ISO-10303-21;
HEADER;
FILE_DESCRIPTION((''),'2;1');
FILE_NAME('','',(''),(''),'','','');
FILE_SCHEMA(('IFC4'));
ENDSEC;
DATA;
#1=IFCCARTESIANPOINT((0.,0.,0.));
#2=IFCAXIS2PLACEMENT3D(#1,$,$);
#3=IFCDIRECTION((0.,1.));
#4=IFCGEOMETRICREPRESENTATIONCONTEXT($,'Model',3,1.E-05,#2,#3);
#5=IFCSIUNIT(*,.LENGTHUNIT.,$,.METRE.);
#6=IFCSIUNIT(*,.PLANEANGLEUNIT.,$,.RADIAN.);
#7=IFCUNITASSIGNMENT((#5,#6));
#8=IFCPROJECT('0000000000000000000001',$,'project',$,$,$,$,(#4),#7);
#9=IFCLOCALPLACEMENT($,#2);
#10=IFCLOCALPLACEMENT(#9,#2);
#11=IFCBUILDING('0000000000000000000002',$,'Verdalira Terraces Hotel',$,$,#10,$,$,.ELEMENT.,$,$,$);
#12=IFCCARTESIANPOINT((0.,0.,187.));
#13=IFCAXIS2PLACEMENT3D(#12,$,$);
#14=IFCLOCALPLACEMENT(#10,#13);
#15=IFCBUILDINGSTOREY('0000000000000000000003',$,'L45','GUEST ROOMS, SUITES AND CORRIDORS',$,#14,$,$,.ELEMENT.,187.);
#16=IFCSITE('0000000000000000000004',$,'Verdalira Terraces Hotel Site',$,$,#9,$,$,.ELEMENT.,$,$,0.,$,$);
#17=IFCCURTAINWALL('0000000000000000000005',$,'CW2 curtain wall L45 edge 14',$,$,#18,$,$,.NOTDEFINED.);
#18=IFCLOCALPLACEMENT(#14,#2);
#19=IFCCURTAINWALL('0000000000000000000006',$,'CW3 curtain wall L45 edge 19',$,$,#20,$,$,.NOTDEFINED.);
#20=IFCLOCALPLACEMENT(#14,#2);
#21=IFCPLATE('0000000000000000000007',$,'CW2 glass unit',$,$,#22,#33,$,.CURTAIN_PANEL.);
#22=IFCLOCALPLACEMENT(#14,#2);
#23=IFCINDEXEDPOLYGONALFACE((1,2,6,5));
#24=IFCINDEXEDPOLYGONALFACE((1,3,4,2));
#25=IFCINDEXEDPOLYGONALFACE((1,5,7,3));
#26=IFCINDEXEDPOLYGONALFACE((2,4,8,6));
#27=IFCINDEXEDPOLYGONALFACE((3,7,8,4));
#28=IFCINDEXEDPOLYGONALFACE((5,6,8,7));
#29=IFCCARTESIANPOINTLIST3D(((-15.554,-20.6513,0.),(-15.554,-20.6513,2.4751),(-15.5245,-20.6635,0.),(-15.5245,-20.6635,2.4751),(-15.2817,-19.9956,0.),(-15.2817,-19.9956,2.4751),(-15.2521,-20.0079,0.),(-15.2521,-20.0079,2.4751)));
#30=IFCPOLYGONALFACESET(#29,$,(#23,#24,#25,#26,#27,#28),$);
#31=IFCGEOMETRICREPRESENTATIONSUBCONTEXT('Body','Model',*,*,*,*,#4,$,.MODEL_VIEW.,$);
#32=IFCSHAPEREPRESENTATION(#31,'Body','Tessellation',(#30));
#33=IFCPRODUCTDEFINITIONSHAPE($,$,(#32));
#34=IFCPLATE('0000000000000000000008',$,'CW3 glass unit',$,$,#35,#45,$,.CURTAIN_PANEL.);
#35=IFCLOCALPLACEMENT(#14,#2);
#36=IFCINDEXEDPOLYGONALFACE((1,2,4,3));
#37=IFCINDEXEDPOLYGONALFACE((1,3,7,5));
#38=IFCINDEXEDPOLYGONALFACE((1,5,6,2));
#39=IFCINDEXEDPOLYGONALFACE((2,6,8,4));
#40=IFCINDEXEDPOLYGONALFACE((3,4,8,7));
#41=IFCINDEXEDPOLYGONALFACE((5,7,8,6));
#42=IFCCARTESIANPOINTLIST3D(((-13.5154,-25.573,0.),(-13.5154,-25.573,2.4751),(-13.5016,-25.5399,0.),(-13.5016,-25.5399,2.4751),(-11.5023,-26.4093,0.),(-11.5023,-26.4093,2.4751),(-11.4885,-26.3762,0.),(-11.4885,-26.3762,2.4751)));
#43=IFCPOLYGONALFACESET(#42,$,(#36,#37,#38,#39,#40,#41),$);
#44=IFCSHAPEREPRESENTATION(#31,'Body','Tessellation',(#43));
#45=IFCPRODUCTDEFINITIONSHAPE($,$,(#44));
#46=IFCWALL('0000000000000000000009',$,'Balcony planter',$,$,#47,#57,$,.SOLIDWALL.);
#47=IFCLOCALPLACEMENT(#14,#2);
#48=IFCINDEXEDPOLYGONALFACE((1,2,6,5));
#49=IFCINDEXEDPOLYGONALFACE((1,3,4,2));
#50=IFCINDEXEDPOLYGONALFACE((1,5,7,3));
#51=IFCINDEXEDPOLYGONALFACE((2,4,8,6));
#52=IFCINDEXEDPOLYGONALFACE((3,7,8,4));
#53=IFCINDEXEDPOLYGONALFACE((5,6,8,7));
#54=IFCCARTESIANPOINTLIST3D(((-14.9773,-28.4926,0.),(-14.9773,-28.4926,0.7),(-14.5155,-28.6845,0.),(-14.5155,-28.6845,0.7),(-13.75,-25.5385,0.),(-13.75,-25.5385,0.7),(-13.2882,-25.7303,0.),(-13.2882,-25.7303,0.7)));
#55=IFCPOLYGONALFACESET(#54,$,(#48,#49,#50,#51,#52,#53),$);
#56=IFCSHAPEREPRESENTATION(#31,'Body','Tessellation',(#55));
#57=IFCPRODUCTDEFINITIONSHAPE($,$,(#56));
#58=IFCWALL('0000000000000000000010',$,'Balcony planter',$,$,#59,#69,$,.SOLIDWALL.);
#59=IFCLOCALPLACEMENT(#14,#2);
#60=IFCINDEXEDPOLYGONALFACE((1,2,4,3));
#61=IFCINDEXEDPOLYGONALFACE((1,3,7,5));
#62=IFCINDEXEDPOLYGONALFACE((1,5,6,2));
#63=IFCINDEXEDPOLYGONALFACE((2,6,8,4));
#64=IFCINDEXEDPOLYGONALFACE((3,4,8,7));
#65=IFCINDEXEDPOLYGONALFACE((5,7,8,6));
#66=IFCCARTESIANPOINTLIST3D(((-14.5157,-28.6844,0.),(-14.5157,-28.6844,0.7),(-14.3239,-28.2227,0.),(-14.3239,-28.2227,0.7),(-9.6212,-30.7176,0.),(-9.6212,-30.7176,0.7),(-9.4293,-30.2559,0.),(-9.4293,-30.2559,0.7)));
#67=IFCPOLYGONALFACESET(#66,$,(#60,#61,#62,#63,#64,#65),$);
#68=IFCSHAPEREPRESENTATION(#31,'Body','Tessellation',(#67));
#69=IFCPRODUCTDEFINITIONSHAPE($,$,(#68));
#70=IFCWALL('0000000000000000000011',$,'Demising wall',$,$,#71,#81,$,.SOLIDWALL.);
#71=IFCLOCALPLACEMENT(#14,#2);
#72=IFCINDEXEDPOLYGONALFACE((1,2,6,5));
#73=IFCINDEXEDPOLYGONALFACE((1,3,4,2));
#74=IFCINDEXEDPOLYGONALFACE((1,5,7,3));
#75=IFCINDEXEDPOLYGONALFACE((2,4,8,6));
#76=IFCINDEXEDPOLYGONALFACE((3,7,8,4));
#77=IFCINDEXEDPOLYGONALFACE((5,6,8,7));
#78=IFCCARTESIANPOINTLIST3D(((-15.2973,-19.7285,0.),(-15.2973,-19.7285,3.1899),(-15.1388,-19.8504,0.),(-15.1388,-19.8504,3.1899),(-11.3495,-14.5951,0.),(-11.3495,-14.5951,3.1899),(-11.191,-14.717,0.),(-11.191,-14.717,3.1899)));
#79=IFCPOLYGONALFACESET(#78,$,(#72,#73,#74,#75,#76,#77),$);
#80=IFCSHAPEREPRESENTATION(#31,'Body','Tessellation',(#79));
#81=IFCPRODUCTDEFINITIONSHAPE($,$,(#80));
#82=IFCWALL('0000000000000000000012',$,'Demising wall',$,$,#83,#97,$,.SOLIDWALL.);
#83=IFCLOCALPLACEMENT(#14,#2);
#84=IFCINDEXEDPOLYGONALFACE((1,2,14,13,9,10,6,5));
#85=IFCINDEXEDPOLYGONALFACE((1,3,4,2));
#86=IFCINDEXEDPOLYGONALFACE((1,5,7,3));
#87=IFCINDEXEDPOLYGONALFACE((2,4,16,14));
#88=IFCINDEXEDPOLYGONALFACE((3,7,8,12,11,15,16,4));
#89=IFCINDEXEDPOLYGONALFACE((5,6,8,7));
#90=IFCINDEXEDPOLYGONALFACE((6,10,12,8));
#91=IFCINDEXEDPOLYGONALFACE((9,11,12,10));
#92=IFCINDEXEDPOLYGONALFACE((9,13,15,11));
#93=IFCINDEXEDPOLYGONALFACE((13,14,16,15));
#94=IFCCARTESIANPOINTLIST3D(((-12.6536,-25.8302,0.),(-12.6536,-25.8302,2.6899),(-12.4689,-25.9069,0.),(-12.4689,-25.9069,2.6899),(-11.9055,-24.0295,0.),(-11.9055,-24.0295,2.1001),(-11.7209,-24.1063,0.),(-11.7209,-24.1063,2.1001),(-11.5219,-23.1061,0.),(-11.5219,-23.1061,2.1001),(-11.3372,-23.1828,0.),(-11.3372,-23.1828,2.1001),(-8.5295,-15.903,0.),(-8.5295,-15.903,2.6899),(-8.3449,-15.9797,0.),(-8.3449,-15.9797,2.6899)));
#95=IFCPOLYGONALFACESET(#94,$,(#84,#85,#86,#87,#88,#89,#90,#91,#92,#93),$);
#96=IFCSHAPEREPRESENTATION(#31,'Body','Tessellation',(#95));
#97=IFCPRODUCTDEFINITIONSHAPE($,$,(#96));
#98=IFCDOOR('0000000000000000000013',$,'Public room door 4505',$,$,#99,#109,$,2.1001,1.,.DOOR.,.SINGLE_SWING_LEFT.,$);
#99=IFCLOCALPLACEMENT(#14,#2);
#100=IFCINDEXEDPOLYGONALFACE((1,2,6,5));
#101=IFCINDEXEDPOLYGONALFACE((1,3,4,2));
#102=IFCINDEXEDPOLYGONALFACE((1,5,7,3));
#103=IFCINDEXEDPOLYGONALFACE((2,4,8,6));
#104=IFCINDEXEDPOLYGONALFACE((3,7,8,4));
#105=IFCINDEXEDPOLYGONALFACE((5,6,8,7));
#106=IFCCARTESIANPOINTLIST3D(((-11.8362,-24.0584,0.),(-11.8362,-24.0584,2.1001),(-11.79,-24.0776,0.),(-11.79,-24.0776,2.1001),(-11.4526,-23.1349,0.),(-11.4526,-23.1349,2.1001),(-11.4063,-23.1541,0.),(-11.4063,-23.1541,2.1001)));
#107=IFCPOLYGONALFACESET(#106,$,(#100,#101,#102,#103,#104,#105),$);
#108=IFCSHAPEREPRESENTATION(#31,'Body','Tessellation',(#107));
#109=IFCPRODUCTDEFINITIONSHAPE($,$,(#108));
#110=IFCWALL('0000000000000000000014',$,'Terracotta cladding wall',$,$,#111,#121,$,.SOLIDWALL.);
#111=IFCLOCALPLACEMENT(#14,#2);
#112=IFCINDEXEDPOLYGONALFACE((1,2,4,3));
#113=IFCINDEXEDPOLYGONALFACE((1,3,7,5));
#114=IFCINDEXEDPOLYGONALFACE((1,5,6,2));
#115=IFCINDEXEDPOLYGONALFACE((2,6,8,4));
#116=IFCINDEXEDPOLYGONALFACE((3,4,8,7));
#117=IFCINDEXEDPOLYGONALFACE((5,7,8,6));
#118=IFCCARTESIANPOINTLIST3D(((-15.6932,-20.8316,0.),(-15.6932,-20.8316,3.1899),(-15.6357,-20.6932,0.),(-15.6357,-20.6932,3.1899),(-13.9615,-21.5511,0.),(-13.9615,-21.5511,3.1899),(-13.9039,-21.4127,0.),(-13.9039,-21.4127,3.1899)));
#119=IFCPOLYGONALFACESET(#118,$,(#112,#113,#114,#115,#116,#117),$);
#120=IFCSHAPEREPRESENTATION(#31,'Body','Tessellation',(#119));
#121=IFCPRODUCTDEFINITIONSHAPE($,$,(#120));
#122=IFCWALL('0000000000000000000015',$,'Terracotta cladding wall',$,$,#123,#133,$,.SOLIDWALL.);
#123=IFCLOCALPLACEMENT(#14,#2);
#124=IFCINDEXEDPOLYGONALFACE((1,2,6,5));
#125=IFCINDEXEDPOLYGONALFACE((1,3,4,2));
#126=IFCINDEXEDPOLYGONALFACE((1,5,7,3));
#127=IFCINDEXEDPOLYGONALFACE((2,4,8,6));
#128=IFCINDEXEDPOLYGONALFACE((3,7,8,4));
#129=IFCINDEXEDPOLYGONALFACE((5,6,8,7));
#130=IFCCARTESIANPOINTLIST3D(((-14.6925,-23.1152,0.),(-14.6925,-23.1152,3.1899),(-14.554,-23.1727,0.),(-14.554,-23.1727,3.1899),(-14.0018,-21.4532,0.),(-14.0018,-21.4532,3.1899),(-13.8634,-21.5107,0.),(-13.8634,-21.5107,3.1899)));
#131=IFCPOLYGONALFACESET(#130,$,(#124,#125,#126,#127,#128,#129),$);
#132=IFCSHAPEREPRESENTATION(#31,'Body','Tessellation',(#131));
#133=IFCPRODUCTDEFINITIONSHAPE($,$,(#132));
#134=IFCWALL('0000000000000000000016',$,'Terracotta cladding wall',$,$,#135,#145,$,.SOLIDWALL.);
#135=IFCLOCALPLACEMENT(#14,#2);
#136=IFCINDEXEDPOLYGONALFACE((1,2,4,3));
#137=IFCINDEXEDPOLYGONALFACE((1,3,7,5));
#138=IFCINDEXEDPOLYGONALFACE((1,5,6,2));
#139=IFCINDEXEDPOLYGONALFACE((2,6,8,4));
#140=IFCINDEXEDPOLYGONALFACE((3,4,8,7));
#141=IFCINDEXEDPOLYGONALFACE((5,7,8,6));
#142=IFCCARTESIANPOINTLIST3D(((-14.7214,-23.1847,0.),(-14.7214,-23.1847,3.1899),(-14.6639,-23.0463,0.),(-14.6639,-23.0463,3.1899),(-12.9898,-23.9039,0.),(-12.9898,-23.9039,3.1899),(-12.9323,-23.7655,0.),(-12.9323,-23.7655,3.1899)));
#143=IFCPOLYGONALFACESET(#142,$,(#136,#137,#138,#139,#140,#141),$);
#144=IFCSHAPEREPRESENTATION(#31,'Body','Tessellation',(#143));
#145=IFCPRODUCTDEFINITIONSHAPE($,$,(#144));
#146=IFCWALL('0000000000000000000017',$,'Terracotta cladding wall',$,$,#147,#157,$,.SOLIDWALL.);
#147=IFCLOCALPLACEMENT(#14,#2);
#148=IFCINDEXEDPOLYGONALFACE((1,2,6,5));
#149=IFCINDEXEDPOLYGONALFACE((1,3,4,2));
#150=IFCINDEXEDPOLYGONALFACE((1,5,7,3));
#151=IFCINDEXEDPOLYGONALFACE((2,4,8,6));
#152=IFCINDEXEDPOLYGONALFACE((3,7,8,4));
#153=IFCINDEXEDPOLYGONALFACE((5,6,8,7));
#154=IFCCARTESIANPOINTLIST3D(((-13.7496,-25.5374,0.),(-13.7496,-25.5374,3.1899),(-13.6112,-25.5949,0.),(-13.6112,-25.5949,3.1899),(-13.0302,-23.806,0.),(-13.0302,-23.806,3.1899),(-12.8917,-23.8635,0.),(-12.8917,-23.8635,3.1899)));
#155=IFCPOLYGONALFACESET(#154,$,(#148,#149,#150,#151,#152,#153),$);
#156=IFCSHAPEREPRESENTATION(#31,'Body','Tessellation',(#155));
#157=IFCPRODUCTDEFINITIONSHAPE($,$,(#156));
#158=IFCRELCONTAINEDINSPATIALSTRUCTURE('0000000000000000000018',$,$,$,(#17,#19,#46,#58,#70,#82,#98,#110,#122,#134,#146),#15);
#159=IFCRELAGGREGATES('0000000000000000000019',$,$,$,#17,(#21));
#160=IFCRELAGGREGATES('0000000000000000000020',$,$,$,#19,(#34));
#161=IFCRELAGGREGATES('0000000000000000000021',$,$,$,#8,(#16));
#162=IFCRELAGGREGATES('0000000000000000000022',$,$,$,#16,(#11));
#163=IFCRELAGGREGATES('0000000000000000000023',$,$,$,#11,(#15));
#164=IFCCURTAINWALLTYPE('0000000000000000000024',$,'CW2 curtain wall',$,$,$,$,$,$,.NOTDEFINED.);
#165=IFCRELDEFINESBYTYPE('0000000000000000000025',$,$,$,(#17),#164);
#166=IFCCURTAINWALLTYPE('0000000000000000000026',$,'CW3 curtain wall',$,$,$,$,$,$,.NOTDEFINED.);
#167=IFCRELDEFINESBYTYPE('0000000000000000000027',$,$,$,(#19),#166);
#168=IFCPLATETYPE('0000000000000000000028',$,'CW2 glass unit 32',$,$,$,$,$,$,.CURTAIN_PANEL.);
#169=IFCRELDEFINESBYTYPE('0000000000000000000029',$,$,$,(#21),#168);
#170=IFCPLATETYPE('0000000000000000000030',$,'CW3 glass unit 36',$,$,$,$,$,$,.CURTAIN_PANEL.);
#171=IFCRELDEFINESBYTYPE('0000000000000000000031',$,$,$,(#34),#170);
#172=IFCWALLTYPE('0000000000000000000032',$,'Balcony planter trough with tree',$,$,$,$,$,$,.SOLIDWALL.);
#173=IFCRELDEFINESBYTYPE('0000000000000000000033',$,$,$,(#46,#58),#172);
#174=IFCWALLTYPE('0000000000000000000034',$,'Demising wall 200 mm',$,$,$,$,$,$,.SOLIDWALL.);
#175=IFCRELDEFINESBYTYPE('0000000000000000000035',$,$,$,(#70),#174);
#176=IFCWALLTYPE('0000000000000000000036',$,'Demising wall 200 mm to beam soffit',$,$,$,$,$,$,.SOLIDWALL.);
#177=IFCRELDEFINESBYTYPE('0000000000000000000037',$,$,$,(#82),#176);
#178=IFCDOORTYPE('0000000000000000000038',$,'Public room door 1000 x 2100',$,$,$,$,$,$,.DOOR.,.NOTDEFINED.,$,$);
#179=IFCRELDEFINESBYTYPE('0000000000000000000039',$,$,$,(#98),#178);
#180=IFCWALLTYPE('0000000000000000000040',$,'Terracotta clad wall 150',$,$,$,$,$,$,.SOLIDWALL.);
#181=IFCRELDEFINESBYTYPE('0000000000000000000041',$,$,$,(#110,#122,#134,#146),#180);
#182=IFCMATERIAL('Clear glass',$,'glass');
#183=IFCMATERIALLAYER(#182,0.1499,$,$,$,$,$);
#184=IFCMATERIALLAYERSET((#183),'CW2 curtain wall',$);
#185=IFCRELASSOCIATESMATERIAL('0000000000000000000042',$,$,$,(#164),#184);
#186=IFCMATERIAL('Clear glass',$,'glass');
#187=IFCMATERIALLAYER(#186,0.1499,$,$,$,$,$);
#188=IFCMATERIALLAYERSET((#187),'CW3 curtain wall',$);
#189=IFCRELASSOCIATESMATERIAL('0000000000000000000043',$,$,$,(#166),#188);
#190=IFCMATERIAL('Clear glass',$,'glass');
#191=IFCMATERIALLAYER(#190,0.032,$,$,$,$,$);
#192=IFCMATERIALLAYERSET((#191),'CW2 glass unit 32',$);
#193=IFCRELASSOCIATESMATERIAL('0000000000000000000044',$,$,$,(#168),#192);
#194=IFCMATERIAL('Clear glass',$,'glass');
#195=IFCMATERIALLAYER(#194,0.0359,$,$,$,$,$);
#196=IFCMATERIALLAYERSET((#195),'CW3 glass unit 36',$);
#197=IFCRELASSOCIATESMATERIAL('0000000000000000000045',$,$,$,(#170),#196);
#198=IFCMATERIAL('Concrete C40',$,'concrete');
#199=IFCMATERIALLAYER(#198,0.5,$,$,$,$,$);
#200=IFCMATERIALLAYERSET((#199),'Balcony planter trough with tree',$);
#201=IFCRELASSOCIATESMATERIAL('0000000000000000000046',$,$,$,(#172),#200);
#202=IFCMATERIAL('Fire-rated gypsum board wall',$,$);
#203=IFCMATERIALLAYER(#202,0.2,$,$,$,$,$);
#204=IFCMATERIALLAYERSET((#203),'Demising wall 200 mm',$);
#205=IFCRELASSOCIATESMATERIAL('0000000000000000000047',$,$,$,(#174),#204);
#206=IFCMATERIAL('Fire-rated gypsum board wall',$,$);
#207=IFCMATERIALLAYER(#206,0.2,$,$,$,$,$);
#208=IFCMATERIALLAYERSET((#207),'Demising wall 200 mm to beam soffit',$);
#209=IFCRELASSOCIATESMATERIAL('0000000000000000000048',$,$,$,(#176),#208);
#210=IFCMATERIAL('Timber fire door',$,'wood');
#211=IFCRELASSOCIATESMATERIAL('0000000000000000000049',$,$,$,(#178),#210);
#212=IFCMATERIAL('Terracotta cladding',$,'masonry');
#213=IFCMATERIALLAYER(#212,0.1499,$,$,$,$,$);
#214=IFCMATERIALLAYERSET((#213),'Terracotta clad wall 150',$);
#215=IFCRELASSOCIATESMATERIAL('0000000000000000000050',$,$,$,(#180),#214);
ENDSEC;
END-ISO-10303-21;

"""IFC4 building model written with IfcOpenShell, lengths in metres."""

from ifc_helpers import new_model, si_unit, direction, frame, frame_2d, origin, origin_2d, place, context, subcontext, project, spatial, rectangle, extrude, material, layer, layer_set, type_object, element, fill, aggregate, save


model = new_model("IFC4")

# Units and contexts
model_context = context("Model", 3, precision=1e-05, world=origin(), true_north=direction((0.0, 1.0)))
body_context = subcontext(model_context, "Body", "Model", "MODEL_VIEW")
ifc_project = project(units=[si_unit("LENGTHUNIT", "METRE"), si_unit("PLANEANGLEUNIT", "RADIAN")], contexts=[model_context])

# Site, building, storey
site_placement = place(None, origin())
site = spatial("IfcSite", under=ifc_project, at=site_placement, Name="Verdalira Terraces Hotel Site", CompositionType="ELEMENT", RefElevation=0.0)
building_placement = place(site_placement, origin())
building = spatial("IfcBuilding", under=site, at=building_placement, Name="Verdalira Terraces Hotel", CompositionType="ELEMENT")
storey_placement = place(building_placement, frame((0.0, 0.0, 187.0)))
storey = spatial("IfcBuildingStorey", under=building, at=storey_placement, Name="L45", Description="GUEST ROOMS, SUITES AND CORRIDORS", CompositionType="ELEMENT", Elevation=187.0)

# Curtain walls
ifc_material_1 = material(Name="Clear glass", Category="glass")
ifc_layer_1 = layer(ifc_material_1, 0.1499)
ifc_layer_set_1 = layer_set([ifc_layer_1], Name="CW2 curtain wall")
curtain_wall_type_1 = type_object("IfcCurtainWallType", Name="CW2 curtain wall", PredefinedType="NOTDEFINED", material=ifc_layer_set_1)
curtain_wall_1_placement = place(storey_placement, origin())
curtain_wall_1 = element("IfcCurtainWall", 1, at=curtain_wall_1_placement, inside=storey, type_object=curtain_wall_type_1, Name="CW2 curtain wall L45 edge 14", PredefinedType="NOTDEFINED")
ifc_material_2 = material(Name="Clear glass", Category="glass")
ifc_layer_2 = layer(ifc_material_2, 0.1499)
ifc_layer_set_2 = layer_set([ifc_layer_2], Name="CW3 curtain wall")
curtain_wall_type_2 = type_object("IfcCurtainWallType", Name="CW3 curtain wall", PredefinedType="NOTDEFINED", material=ifc_layer_set_2)
curtain_wall_2_placement = place(storey_placement, origin())
curtain_wall_2 = element("IfcCurtainWall", 2, at=curtain_wall_2_placement, inside=storey, type_object=curtain_wall_type_2, Name="CW3 curtain wall L45 edge 19", PredefinedType="NOTDEFINED")

# Plates
ifc_material_3 = material(Name="Clear glass", Category="glass")
ifc_layer_3 = layer(ifc_material_3, 0.032)
ifc_layer_set_3 = layer_set([ifc_layer_3], Name="CW2 glass unit 32")
plate_type_1 = type_object("IfcPlateType", Name="CW2 glass unit 32", PredefinedType="CURTAIN_PANEL", material=ifc_layer_set_3)
plate_1_placement = place(storey_placement, frame((-15.4031, -20.3296, 0.0), z_axis=(0.0, 0.0, 1.0), x_axis=(-0.383651, -0.923478, 0.0)))
plate_1 = element("IfcPlate", 3, at=plate_1_placement, type_object=plate_type_1, Name="CW2 glass unit", PredefinedType="CURTAIN_PANEL", context=body_context, shape_type="SweptSolid", body=[
    extrude(rectangle(XDim=0.71, YDim=0.032, at=origin_2d()), origin(), (0.0, 0.0, 1.0), 2.4751),
])
aggregate(curtain_wall_1, [plate_1])
ifc_material_4 = material(Name="Clear glass", Category="glass")
ifc_layer_4 = layer(ifc_material_4, 0.0359)
ifc_layer_set_4 = layer_set([ifc_layer_4], Name="CW3 glass unit 36")
plate_type_2 = type_object("IfcPlateType", Name="CW3 glass unit 36", PredefinedType="CURTAIN_PANEL", material=ifc_layer_set_4)
plate_2_placement = place(storey_placement, frame((-12.502, -25.9746, 0.0), z_axis=(0.0, 0.0, 1.0), x_axis=(0.923478, -0.383651, 0.0)))
plate_2 = element("IfcPlate", 4, at=plate_2_placement, type_object=plate_type_2, Name="CW3 glass unit", PredefinedType="CURTAIN_PANEL", context=body_context, shape_type="SweptSolid", body=[
    extrude(rectangle(XDim=2.1799, YDim=0.0359, at=origin_2d()), origin(), (0.0, 0.0, 1.0), 2.4751),
])
aggregate(curtain_wall_2, [plate_2])

# Walls
ifc_material_5 = material(Name="Concrete C40", Category="concrete")
ifc_layer_5 = layer(ifc_material_5, 0.5)
ifc_layer_set_5 = layer_set([ifc_layer_5], Name="Balcony planter trough with tree")
wall_type_1 = type_object("IfcWallType", Name="Balcony planter trough with tree", PredefinedType="SOLIDWALL", material=ifc_layer_set_5)
wall_1_placement = place(storey_placement, frame((-13.519, -25.6343, 0.0), z_axis=(0.0, 0.0, 1.0), x_axis=(-0.383661, -0.923474, 0.0)))
element("IfcWall", 5, at=wall_1_placement, inside=storey, type_object=wall_type_1, Name="Balcony planter", PredefinedType="SOLIDWALL", context=body_context, shape_type="SweptSolid", body=[
    extrude(rectangle(XDim=3.199, YDim=0.5, at=frame_2d((1.5996, 0.0))), origin(), (0.0, 0.0, 1.0), 0.7),
])
wall_2_placement = place(storey_placement, frame((-14.4197, -28.4536, 0.0), z_axis=(0.0, 0.0, 1.0), x_axis=(0.923491, -0.383621, 0.0)))
element("IfcWall", 6, at=wall_2_placement, inside=storey, type_object=wall_type_1, Name="Balcony planter", PredefinedType="SOLIDWALL", context=body_context, shape_type="SweptSolid", body=[
    extrude(rectangle(XDim=5.3, YDim=0.5, at=frame_2d((2.6499, 0.0))), origin(), (0.0, 0.0, 1.0), 0.7),
])
ifc_material_6 = material(Name="Fire-rated gypsum board wall")
ifc_layer_6 = layer(ifc_material_6, 0.2)
ifc_layer_set_6 = layer_set([ifc_layer_6], Name="Demising wall 200 mm")
wall_type_2 = type_object("IfcWallType", Name="Demising wall 200 mm", PredefinedType="SOLIDWALL", material=ifc_layer_set_6)
wall_3_placement = place(storey_placement, frame((-15.218, -19.7893, 0.0), z_axis=(0.0, 0.0, 1.0), x_axis=(0.60962, 0.792694, 0.0)))
element("IfcWall", 7, at=wall_3_placement, inside=storey, type_object=wall_type_2, Name="Demising wall", PredefinedType="SOLIDWALL", context=body_context, shape_type="SweptSolid", body=[
    extrude(rectangle(XDim=6.4758, YDim=0.2, at=frame_2d((3.2378, 0.0))), origin(), (0.0, 0.0, 1.0), 3.1899),
])

# Wall, opening, door
ifc_material_7 = material(Name="Fire-rated gypsum board wall")
ifc_layer_7 = layer(ifc_material_7, 0.2)
ifc_layer_set_7 = layer_set([ifc_layer_7], Name="Demising wall 200 mm to beam soffit")
wall_type_3 = type_object("IfcWallType", Name="Demising wall 200 mm to beam soffit", PredefinedType="SOLIDWALL", material=ifc_layer_set_7)
wall_4_placement = place(storey_placement, frame((-12.5613, -25.8687, 0.0), z_axis=(0.0, 0.0, 1.0), x_axis=(0.383638, 0.923484, 0.0)))
wall_4 = element("IfcWall", 8, at=wall_4_placement, inside=storey, type_object=wall_type_3, Name="Demising wall", PredefinedType="SOLIDWALL", context=body_context, shape_type="SweptSolid", body=[
    extrude(rectangle(XDim=10.7498, YDim=0.2, at=frame_2d((5.375, 0.0))), origin(), (0.0, 0.0, 1.0), 2.6899),
])
opening_1_placement = place(wall_4_placement, frame((1.95, 0.0, 0.0)))
opening_1 = element("IfcOpeningElement", 9, at=opening_1_placement, cuts=wall_4, PredefinedType="OPENING", context=body_context, shape_type="SweptSolid", body=[
    extrude(rectangle(XDim=1.0, YDim=2.1001, at=frame_2d((0.5, 1.05))), frame((0.0, 0.1099, 0.0), z_axis=(0.0, -1.0, 0.0), x_axis=(1.0, 0.0, 0.0)), (0.0, 0.0, 1.0), 0.22),
])
ifc_material_8 = material(Name="Timber fire door", Category="wood")
door_type_1 = type_object("IfcDoorType", Name="Public room door 1000 x 2100", OperationType="NOTDEFINED", PredefinedType="DOOR", material=ifc_material_8)
door_1_placement = place(opening_1_placement, origin())
door_1 = element("IfcDoor", 10, at=door_1_placement, inside=storey, type_object=door_type_1, Name="Public room door 4505", OperationType="SINGLE_SWING_LEFT", OverallHeight=2.1001, OverallWidth=1.0, PredefinedType="DOOR", context=body_context, shape_type="SweptSolid", body=[
    extrude(rectangle(XDim=1.0, YDim=2.1001, at=frame_2d((0.5, 1.05))), frame((0.0, 0.0249, 0.0), z_axis=(0.0, -1.0, 0.0), x_axis=(1.0, 0.0, 0.0)), (0.0, 0.0, 1.0), 0.05),
])
fill(opening_1, door_1)

# Walls
ifc_material_9 = material(Name="Terracotta cladding", Category="masonry")
ifc_layer_8 = layer(ifc_material_9, 0.1499)
ifc_layer_set_8 = layer_set([ifc_layer_8], Name="Terracotta clad wall 150")
wall_type_4 = type_object("IfcWallType", Name="Terracotta clad wall 150", PredefinedType="SOLIDWALL", material=ifc_layer_set_8)
wall_5_placement = place(storey_placement, frame((-15.6643, -20.7625, 0.0), z_axis=(0.0, 0.0, 1.0), x_axis=(0.923465, -0.383681, 0.0)))
element("IfcWall", 11, at=wall_5_placement, inside=storey, type_object=wall_type_4, Name="Terracotta cladding wall", PredefinedType="SOLIDWALL", context=body_context, shape_type="SweptSolid", body=[
    extrude(rectangle(XDim=1.8752, YDim=0.1499, at=frame_2d((0.9375, 0.0))), origin(), (0.0, 0.0, 1.0), 3.1899),
])
wall_6_placement = place(storey_placement, frame((-13.9326, -21.4819, 0.0), z_axis=(0.0, 0.0, 1.0), x_axis=(-0.383729, -0.923446, 0.0)))
element("IfcWall", 12, at=wall_6_placement, inside=storey, type_object=wall_type_4, Name="Terracotta cladding wall", PredefinedType="SOLIDWALL", context=body_context, shape_type="SweptSolid", body=[
    extrude(rectangle(XDim=1.7998, YDim=0.1499, at=frame_2d((0.8999, 0.0))), origin(), (0.0, 0.0, 1.0), 3.1899),
])
for number, where, z_axis, x_axis, name in (
    (13, (-14.6926, -23.1155, 0.0), (0.0, 0.0, 1.0), (0.923512, -0.38357, 0.0), "Terracotta cladding wall"),
    (14, (-12.9609, -23.8347, 0.0), (0.0, 0.0, 1.0), (-0.383728, -0.923446, 0.0), "Terracotta cladding wall"),
):
    element("IfcWall", number, at=place(storey_placement, frame(where, z_axis=z_axis, x_axis=x_axis)), inside=storey, type_object=wall_type_4, Name=name, PredefinedType="SOLIDWALL", context=body_context, shape_type="SweptSolid", body=[
        extrude(rectangle(XDim=1.875, YDim=0.1499, at=frame_2d((0.9375, 0.0))), origin(), (0.0, 0.0, 1.0), 3.1899),
    ])

save(model, "model.ifc")
